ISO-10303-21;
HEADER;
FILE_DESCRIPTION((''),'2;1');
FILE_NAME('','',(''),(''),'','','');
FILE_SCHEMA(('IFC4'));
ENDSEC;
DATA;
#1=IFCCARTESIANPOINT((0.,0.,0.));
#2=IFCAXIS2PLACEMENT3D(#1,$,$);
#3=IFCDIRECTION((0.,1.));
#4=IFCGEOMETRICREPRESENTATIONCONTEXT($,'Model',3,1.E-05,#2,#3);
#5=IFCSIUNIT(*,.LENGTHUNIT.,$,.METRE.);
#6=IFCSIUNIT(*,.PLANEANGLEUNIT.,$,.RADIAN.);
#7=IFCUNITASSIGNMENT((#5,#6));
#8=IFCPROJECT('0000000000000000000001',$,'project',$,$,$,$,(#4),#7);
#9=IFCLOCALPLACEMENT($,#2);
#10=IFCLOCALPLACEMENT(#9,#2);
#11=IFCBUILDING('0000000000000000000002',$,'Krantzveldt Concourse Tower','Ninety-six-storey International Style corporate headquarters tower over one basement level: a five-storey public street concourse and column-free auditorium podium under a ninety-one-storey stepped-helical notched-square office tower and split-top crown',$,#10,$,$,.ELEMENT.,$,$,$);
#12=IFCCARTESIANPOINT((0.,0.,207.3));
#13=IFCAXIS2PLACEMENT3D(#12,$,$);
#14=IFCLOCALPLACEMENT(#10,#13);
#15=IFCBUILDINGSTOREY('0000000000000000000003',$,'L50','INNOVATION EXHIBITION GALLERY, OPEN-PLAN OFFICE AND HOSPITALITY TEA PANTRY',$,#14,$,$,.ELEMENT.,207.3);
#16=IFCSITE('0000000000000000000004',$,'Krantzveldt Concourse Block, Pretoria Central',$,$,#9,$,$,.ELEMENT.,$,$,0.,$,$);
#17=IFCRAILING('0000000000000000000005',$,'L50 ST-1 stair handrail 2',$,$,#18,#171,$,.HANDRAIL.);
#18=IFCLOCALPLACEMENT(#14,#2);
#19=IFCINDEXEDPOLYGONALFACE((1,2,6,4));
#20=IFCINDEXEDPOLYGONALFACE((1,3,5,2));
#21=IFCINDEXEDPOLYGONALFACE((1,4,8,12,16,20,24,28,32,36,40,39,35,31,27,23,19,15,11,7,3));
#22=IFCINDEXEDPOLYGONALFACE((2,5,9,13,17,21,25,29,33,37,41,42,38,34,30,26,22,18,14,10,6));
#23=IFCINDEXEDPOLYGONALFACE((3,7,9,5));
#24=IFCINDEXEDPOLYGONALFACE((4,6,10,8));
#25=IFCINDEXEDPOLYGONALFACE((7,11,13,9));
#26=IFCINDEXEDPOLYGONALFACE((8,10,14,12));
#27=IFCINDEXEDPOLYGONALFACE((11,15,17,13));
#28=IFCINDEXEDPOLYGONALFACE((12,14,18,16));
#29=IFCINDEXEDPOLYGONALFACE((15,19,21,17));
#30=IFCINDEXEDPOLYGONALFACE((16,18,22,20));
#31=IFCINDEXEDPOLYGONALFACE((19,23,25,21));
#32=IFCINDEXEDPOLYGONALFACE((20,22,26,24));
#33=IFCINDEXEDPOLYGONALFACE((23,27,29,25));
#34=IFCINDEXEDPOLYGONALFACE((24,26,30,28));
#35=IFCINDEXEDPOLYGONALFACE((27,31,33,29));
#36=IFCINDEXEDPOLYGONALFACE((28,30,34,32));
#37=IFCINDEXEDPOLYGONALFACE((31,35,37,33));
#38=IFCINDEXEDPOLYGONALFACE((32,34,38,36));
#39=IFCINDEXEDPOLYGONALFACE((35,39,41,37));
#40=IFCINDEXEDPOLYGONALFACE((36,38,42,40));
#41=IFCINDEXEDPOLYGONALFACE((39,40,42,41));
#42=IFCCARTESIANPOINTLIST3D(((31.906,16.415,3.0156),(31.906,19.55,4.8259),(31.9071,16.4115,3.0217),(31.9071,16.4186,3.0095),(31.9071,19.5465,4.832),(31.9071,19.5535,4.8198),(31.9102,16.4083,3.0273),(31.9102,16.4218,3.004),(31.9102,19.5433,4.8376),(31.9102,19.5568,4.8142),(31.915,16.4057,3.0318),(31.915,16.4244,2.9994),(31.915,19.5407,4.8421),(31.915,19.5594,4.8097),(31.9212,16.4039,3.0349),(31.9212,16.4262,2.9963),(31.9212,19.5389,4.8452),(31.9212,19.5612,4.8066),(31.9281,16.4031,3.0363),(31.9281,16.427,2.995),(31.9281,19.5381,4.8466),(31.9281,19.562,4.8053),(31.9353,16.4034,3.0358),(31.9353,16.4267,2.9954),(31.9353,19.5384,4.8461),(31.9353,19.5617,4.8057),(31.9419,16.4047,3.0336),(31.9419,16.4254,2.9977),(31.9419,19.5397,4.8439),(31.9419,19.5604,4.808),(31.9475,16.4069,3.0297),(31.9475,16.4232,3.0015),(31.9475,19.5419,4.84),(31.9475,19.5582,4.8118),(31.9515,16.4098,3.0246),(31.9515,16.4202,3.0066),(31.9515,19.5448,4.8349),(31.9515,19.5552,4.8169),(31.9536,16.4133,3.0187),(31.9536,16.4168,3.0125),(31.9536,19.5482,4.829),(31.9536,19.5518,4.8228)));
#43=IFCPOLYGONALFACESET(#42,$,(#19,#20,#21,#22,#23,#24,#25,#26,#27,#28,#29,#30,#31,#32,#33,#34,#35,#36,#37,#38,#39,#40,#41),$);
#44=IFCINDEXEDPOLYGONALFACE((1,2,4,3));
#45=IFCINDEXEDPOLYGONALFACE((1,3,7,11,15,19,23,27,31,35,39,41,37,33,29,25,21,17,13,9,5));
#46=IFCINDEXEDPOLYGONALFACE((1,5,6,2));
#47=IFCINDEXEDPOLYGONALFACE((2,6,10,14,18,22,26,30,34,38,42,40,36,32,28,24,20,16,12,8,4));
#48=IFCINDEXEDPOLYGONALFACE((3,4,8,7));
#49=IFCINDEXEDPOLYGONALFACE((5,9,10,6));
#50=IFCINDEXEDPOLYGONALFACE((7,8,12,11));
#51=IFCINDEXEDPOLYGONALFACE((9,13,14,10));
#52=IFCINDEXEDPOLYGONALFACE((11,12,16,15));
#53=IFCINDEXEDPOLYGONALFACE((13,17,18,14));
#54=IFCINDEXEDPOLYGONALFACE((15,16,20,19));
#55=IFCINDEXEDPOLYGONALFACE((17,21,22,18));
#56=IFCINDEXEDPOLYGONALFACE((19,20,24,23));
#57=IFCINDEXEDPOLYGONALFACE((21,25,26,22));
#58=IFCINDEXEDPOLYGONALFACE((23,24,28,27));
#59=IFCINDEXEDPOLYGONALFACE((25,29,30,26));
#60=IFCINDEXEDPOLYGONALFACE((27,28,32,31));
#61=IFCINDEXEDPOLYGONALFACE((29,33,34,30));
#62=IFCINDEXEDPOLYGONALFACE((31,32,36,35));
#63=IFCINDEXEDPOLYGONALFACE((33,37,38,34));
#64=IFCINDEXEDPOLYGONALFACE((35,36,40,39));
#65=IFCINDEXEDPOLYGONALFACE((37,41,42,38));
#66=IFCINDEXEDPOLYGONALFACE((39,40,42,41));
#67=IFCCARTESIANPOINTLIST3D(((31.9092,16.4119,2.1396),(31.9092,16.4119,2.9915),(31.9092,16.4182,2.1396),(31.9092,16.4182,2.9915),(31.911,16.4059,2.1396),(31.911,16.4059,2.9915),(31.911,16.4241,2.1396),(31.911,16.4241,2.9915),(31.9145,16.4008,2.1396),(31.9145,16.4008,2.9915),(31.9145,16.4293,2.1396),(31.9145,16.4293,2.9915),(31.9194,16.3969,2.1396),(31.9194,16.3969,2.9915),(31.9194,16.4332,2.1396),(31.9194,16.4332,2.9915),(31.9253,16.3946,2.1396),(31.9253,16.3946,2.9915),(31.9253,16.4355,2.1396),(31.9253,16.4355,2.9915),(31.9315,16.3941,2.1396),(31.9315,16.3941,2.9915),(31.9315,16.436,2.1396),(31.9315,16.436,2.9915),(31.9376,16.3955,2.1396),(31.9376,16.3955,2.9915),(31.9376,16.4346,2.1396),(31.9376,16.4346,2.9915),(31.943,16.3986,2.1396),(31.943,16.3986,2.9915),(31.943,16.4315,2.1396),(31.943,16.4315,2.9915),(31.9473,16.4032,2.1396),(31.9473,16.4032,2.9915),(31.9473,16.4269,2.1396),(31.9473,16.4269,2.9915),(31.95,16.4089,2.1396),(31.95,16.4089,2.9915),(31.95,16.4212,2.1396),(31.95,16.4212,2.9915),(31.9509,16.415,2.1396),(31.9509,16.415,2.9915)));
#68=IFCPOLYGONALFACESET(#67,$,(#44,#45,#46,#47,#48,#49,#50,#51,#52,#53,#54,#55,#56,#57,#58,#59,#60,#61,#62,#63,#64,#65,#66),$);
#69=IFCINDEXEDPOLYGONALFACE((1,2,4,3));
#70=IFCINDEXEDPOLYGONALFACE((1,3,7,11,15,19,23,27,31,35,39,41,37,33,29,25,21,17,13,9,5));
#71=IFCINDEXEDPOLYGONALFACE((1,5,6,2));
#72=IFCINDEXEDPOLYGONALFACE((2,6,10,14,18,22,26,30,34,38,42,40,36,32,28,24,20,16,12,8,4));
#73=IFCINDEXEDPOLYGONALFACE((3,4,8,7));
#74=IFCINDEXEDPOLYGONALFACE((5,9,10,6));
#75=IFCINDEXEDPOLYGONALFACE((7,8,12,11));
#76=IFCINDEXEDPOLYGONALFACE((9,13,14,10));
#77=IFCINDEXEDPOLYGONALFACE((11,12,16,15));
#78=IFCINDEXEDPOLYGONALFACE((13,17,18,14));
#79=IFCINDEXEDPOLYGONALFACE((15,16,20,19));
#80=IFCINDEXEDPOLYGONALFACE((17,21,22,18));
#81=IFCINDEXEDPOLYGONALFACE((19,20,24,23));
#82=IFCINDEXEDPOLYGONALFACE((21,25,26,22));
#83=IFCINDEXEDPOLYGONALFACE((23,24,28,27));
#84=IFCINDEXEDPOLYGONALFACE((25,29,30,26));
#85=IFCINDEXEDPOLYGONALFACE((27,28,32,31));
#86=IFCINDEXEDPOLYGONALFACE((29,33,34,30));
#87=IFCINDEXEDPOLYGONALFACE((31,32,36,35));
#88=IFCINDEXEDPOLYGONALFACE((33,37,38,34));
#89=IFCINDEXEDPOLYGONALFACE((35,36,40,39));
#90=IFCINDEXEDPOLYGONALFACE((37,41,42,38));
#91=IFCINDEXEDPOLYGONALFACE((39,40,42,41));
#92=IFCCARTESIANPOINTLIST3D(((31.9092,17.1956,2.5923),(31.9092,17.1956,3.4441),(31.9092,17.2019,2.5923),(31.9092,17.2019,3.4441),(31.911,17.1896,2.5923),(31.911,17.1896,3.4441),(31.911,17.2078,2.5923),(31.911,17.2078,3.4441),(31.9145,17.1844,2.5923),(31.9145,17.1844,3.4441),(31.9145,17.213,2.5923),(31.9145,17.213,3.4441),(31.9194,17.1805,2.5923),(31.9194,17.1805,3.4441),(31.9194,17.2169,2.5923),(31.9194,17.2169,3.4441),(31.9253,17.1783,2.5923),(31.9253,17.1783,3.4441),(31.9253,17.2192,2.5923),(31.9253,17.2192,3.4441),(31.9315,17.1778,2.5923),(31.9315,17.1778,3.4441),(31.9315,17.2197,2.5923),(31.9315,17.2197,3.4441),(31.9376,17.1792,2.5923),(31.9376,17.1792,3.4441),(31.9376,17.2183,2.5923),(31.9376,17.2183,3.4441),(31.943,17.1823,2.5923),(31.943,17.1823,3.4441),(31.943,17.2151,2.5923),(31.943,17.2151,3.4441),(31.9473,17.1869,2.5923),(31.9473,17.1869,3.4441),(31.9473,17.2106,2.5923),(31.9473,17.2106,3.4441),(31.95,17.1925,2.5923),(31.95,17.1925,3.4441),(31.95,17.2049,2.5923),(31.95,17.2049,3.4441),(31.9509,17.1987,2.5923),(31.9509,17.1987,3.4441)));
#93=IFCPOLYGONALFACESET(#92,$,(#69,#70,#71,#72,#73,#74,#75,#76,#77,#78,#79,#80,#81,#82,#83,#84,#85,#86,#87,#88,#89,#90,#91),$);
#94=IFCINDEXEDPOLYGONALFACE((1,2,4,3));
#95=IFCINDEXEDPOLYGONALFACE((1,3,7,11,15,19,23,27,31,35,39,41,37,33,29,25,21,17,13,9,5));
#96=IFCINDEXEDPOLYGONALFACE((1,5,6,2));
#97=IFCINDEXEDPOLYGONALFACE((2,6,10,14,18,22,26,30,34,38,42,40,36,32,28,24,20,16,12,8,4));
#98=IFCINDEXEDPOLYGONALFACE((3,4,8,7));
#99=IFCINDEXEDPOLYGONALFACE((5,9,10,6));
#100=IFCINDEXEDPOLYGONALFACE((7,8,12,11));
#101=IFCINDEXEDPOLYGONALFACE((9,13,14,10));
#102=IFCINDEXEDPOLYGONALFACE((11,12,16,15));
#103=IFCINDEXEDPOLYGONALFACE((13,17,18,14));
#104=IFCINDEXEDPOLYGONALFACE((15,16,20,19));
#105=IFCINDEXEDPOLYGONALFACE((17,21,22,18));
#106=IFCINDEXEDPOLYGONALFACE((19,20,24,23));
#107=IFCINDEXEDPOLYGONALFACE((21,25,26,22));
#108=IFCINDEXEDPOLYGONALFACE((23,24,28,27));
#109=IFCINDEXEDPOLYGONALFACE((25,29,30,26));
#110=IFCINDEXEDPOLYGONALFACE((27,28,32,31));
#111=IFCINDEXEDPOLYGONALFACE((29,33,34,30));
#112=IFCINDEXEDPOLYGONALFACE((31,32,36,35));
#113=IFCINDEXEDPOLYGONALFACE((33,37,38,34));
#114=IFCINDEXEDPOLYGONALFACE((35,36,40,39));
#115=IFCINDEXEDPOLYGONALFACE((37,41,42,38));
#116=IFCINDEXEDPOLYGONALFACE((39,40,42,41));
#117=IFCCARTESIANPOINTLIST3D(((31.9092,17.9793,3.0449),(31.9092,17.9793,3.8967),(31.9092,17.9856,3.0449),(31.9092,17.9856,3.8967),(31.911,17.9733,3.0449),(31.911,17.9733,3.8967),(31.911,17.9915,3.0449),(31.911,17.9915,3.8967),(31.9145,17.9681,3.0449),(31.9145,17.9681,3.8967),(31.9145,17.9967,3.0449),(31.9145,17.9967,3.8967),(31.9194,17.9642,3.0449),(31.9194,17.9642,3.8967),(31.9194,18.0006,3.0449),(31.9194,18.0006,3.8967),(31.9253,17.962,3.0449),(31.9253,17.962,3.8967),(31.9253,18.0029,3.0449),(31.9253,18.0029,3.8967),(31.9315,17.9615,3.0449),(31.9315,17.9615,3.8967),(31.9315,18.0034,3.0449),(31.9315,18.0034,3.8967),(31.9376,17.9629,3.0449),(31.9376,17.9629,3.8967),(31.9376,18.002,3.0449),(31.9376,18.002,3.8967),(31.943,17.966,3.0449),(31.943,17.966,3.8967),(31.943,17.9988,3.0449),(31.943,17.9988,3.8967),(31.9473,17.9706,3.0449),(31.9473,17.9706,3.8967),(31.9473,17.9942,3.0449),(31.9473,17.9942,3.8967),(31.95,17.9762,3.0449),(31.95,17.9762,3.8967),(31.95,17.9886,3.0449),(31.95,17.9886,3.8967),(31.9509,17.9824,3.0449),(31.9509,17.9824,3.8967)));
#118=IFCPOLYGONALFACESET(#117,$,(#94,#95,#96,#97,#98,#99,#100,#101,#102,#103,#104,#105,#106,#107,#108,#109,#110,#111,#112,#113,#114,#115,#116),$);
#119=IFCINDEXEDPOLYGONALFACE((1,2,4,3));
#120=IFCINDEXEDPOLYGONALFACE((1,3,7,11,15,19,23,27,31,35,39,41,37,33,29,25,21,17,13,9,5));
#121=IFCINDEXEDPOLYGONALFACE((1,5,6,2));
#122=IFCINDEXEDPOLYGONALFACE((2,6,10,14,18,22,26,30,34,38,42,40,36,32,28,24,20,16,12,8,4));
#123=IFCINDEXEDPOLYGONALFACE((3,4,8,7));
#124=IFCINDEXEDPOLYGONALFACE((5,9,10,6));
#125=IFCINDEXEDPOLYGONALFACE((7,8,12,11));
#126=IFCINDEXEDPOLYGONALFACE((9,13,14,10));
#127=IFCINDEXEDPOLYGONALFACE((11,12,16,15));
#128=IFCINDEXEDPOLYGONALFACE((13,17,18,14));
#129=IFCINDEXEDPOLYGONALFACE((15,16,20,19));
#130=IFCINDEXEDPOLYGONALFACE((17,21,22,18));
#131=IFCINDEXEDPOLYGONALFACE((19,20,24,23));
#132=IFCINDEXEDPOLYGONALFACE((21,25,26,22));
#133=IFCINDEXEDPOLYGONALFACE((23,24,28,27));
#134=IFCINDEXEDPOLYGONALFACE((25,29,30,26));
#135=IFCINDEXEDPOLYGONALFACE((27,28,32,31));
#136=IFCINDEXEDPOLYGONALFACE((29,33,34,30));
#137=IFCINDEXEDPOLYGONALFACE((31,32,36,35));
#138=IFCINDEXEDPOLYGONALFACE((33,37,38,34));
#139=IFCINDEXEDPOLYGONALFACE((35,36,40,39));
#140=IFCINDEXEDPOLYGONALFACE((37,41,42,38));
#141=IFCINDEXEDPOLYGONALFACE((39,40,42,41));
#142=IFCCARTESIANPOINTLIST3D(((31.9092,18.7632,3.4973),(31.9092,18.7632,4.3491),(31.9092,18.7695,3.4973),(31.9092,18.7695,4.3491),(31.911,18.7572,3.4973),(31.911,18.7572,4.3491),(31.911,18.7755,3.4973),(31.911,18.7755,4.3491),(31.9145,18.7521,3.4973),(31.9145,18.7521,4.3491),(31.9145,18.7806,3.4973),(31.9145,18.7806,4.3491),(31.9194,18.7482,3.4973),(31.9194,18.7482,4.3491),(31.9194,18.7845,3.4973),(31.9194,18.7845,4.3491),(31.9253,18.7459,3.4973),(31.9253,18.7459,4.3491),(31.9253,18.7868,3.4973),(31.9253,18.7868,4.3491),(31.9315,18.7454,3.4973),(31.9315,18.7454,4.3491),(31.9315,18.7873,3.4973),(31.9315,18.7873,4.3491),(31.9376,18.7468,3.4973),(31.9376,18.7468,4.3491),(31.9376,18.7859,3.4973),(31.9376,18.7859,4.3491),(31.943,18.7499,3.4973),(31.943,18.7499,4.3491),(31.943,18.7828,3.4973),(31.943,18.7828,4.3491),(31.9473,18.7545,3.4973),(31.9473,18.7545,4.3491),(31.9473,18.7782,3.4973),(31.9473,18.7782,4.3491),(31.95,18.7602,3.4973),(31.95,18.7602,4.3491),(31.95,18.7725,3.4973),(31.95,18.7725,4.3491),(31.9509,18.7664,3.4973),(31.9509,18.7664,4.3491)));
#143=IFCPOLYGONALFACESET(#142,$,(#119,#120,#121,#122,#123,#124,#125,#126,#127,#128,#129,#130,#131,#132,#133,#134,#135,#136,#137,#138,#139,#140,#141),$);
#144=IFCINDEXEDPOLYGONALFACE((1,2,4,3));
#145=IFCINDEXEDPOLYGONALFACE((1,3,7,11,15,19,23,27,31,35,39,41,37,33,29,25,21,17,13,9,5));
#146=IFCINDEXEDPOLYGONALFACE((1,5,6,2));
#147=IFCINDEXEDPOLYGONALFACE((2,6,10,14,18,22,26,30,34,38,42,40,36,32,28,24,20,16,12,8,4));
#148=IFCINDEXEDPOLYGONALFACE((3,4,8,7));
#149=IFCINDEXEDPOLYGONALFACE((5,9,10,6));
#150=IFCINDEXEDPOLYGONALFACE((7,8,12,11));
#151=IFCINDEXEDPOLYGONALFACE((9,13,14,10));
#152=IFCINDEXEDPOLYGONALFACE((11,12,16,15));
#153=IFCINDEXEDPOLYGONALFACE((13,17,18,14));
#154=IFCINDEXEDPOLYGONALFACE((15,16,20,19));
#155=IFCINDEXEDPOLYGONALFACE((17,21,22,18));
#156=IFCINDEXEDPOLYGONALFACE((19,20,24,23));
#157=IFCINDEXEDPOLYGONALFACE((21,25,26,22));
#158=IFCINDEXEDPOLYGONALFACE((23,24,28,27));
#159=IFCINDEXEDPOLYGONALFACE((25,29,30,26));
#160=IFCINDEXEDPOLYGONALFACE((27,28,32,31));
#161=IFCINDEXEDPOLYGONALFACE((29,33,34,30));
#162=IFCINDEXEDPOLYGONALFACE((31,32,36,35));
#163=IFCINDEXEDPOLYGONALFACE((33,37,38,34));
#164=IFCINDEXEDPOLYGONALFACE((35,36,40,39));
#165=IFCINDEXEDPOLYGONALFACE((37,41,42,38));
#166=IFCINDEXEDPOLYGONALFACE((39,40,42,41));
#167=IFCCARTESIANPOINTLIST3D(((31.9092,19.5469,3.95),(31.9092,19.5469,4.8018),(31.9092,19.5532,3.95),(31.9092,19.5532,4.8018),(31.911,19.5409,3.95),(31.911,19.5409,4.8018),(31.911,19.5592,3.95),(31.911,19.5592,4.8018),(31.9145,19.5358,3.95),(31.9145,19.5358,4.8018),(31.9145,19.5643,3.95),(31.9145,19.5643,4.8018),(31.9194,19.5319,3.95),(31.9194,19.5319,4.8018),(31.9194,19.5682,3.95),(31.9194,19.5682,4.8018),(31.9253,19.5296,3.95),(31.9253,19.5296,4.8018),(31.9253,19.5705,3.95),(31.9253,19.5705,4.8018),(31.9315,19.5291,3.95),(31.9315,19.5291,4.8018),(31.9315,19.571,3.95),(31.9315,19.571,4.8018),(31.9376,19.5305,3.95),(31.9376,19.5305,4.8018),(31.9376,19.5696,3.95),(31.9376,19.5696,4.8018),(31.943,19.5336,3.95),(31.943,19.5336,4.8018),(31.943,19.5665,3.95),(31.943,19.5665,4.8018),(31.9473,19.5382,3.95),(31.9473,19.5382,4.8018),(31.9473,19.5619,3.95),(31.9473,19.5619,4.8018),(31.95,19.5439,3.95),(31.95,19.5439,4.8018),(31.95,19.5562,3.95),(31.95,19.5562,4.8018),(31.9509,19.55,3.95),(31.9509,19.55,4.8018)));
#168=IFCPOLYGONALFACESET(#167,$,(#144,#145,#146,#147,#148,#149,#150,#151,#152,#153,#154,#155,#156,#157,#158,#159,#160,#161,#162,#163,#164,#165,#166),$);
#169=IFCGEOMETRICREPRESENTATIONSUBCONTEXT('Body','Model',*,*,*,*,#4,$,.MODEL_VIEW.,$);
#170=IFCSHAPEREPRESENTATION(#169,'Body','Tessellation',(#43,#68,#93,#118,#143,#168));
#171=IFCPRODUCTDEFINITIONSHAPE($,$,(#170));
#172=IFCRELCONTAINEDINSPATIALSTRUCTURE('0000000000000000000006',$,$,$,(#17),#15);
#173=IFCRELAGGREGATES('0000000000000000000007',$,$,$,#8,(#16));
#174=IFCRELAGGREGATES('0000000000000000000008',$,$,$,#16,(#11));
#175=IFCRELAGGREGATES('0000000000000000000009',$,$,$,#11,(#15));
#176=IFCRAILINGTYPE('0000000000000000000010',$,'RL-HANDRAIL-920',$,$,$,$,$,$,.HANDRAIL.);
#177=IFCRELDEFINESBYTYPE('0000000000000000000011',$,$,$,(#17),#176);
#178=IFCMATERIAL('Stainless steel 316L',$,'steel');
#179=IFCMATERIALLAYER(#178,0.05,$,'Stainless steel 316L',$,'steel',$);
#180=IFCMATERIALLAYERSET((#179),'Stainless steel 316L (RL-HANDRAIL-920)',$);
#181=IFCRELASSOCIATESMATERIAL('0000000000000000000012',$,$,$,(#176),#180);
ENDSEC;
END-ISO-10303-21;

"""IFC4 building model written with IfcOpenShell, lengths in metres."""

from ifc_helpers import new_model, si_unit, direction, frame, origin, origin_2d, place, context, subcontext, project, spatial, circle, extrude, material, layer, layer_set, type_object, element, save


model = new_model("IFC4")

# Units and contexts
model_context = context("Model", 3, precision=1e-05, world=origin(), true_north=direction((0.0, 1.0)))
body_context = subcontext(model_context, "Body", "Model", "MODEL_VIEW")
ifc_project = project(units=[si_unit("LENGTHUNIT", "METRE"), si_unit("PLANEANGLEUNIT", "RADIAN")], contexts=[model_context])

# Site, building, storey
site_placement = place(None, origin())
site = spatial("IfcSite", under=ifc_project, at=site_placement, Name="Krantzveldt Concourse Block, Pretoria Central", CompositionType="ELEMENT", RefElevation=0.0)
building_placement = place(site_placement, origin())
building = spatial("IfcBuilding", under=site, at=building_placement, Name="Krantzveldt Concourse Tower", Description="Ninety-six-storey International Style corporate headquarters tower over one basement level: a five-storey public street concourse and column-free auditorium podium under a ninety-one-storey stepped-helical notched-square office tower and split-top crown", CompositionType="ELEMENT")
storey_placement = place(building_placement, frame((0.0, 0.0, 207.3)))
storey = spatial("IfcBuildingStorey", under=building, at=storey_placement, Name="L50", Description="INNOVATION EXHIBITION GALLERY, OPEN-PLAN OFFICE AND HOSPITALITY TEA PANTRY", CompositionType="ELEMENT", Elevation=207.3)

# Shared definitions
ifc_material_1 = material(Name="Stainless steel 316L", Category="steel")

# Railing
ifc_layer_1 = layer(ifc_material_1, 0.05, Name="Stainless steel 316L", Category="steel")
ifc_layer_set_1 = layer_set([ifc_layer_1], Name="Stainless steel 316L (RL-HANDRAIL-920)")
railing_type_1 = type_object("IfcRailingType", Name="RL-HANDRAIL-920", PredefinedType="HANDRAIL", material=ifc_layer_set_1)
railing_1_placement = place(storey_placement, frame((31.9299, 16.415, 2.1396)))
element("IfcRailing", 1, at=railing_1_placement, inside=storey, type_object=railing_type_1, Name="L50 ST-1 stair handrail 2", PredefinedType="HANDRAIL", context=body_context, shape_type="SweptSolid", body=[
    extrude(circle(Radius=0.0239, at=origin_2d()), frame((0.0, 0.0, 0.876), z_axis=(0.0, 0.865989, 0.500063), x_axis=(-1.0, 0.0, 0.0)), (0.0, 0.0, 1.0), 3.6201),
    extrude(circle(Radius=0.021, at=origin_2d()), origin(), (0.0, 0.0, 1.0), 0.8518),
    extrude(circle(Radius=0.021, at=origin_2d()), frame((0.0, 0.7837, 0.4526)), (0.0, 0.0, 1.0), 0.8518),
    extrude(circle(Radius=0.021, at=origin_2d()), frame((0.0, 1.5674, 0.9053)), (0.0, 0.0, 1.0), 0.8518),
    extrude(circle(Radius=0.021, at=origin_2d()), frame((0.0, 2.3513, 1.3577)), (0.0, 0.0, 1.0), 0.8518),
    extrude(circle(Radius=0.021, at=origin_2d()), frame((0.0, 3.135, 1.8103)), (0.0, 0.0, 1.0), 0.8518),
])

save(model, "model.ifc")
